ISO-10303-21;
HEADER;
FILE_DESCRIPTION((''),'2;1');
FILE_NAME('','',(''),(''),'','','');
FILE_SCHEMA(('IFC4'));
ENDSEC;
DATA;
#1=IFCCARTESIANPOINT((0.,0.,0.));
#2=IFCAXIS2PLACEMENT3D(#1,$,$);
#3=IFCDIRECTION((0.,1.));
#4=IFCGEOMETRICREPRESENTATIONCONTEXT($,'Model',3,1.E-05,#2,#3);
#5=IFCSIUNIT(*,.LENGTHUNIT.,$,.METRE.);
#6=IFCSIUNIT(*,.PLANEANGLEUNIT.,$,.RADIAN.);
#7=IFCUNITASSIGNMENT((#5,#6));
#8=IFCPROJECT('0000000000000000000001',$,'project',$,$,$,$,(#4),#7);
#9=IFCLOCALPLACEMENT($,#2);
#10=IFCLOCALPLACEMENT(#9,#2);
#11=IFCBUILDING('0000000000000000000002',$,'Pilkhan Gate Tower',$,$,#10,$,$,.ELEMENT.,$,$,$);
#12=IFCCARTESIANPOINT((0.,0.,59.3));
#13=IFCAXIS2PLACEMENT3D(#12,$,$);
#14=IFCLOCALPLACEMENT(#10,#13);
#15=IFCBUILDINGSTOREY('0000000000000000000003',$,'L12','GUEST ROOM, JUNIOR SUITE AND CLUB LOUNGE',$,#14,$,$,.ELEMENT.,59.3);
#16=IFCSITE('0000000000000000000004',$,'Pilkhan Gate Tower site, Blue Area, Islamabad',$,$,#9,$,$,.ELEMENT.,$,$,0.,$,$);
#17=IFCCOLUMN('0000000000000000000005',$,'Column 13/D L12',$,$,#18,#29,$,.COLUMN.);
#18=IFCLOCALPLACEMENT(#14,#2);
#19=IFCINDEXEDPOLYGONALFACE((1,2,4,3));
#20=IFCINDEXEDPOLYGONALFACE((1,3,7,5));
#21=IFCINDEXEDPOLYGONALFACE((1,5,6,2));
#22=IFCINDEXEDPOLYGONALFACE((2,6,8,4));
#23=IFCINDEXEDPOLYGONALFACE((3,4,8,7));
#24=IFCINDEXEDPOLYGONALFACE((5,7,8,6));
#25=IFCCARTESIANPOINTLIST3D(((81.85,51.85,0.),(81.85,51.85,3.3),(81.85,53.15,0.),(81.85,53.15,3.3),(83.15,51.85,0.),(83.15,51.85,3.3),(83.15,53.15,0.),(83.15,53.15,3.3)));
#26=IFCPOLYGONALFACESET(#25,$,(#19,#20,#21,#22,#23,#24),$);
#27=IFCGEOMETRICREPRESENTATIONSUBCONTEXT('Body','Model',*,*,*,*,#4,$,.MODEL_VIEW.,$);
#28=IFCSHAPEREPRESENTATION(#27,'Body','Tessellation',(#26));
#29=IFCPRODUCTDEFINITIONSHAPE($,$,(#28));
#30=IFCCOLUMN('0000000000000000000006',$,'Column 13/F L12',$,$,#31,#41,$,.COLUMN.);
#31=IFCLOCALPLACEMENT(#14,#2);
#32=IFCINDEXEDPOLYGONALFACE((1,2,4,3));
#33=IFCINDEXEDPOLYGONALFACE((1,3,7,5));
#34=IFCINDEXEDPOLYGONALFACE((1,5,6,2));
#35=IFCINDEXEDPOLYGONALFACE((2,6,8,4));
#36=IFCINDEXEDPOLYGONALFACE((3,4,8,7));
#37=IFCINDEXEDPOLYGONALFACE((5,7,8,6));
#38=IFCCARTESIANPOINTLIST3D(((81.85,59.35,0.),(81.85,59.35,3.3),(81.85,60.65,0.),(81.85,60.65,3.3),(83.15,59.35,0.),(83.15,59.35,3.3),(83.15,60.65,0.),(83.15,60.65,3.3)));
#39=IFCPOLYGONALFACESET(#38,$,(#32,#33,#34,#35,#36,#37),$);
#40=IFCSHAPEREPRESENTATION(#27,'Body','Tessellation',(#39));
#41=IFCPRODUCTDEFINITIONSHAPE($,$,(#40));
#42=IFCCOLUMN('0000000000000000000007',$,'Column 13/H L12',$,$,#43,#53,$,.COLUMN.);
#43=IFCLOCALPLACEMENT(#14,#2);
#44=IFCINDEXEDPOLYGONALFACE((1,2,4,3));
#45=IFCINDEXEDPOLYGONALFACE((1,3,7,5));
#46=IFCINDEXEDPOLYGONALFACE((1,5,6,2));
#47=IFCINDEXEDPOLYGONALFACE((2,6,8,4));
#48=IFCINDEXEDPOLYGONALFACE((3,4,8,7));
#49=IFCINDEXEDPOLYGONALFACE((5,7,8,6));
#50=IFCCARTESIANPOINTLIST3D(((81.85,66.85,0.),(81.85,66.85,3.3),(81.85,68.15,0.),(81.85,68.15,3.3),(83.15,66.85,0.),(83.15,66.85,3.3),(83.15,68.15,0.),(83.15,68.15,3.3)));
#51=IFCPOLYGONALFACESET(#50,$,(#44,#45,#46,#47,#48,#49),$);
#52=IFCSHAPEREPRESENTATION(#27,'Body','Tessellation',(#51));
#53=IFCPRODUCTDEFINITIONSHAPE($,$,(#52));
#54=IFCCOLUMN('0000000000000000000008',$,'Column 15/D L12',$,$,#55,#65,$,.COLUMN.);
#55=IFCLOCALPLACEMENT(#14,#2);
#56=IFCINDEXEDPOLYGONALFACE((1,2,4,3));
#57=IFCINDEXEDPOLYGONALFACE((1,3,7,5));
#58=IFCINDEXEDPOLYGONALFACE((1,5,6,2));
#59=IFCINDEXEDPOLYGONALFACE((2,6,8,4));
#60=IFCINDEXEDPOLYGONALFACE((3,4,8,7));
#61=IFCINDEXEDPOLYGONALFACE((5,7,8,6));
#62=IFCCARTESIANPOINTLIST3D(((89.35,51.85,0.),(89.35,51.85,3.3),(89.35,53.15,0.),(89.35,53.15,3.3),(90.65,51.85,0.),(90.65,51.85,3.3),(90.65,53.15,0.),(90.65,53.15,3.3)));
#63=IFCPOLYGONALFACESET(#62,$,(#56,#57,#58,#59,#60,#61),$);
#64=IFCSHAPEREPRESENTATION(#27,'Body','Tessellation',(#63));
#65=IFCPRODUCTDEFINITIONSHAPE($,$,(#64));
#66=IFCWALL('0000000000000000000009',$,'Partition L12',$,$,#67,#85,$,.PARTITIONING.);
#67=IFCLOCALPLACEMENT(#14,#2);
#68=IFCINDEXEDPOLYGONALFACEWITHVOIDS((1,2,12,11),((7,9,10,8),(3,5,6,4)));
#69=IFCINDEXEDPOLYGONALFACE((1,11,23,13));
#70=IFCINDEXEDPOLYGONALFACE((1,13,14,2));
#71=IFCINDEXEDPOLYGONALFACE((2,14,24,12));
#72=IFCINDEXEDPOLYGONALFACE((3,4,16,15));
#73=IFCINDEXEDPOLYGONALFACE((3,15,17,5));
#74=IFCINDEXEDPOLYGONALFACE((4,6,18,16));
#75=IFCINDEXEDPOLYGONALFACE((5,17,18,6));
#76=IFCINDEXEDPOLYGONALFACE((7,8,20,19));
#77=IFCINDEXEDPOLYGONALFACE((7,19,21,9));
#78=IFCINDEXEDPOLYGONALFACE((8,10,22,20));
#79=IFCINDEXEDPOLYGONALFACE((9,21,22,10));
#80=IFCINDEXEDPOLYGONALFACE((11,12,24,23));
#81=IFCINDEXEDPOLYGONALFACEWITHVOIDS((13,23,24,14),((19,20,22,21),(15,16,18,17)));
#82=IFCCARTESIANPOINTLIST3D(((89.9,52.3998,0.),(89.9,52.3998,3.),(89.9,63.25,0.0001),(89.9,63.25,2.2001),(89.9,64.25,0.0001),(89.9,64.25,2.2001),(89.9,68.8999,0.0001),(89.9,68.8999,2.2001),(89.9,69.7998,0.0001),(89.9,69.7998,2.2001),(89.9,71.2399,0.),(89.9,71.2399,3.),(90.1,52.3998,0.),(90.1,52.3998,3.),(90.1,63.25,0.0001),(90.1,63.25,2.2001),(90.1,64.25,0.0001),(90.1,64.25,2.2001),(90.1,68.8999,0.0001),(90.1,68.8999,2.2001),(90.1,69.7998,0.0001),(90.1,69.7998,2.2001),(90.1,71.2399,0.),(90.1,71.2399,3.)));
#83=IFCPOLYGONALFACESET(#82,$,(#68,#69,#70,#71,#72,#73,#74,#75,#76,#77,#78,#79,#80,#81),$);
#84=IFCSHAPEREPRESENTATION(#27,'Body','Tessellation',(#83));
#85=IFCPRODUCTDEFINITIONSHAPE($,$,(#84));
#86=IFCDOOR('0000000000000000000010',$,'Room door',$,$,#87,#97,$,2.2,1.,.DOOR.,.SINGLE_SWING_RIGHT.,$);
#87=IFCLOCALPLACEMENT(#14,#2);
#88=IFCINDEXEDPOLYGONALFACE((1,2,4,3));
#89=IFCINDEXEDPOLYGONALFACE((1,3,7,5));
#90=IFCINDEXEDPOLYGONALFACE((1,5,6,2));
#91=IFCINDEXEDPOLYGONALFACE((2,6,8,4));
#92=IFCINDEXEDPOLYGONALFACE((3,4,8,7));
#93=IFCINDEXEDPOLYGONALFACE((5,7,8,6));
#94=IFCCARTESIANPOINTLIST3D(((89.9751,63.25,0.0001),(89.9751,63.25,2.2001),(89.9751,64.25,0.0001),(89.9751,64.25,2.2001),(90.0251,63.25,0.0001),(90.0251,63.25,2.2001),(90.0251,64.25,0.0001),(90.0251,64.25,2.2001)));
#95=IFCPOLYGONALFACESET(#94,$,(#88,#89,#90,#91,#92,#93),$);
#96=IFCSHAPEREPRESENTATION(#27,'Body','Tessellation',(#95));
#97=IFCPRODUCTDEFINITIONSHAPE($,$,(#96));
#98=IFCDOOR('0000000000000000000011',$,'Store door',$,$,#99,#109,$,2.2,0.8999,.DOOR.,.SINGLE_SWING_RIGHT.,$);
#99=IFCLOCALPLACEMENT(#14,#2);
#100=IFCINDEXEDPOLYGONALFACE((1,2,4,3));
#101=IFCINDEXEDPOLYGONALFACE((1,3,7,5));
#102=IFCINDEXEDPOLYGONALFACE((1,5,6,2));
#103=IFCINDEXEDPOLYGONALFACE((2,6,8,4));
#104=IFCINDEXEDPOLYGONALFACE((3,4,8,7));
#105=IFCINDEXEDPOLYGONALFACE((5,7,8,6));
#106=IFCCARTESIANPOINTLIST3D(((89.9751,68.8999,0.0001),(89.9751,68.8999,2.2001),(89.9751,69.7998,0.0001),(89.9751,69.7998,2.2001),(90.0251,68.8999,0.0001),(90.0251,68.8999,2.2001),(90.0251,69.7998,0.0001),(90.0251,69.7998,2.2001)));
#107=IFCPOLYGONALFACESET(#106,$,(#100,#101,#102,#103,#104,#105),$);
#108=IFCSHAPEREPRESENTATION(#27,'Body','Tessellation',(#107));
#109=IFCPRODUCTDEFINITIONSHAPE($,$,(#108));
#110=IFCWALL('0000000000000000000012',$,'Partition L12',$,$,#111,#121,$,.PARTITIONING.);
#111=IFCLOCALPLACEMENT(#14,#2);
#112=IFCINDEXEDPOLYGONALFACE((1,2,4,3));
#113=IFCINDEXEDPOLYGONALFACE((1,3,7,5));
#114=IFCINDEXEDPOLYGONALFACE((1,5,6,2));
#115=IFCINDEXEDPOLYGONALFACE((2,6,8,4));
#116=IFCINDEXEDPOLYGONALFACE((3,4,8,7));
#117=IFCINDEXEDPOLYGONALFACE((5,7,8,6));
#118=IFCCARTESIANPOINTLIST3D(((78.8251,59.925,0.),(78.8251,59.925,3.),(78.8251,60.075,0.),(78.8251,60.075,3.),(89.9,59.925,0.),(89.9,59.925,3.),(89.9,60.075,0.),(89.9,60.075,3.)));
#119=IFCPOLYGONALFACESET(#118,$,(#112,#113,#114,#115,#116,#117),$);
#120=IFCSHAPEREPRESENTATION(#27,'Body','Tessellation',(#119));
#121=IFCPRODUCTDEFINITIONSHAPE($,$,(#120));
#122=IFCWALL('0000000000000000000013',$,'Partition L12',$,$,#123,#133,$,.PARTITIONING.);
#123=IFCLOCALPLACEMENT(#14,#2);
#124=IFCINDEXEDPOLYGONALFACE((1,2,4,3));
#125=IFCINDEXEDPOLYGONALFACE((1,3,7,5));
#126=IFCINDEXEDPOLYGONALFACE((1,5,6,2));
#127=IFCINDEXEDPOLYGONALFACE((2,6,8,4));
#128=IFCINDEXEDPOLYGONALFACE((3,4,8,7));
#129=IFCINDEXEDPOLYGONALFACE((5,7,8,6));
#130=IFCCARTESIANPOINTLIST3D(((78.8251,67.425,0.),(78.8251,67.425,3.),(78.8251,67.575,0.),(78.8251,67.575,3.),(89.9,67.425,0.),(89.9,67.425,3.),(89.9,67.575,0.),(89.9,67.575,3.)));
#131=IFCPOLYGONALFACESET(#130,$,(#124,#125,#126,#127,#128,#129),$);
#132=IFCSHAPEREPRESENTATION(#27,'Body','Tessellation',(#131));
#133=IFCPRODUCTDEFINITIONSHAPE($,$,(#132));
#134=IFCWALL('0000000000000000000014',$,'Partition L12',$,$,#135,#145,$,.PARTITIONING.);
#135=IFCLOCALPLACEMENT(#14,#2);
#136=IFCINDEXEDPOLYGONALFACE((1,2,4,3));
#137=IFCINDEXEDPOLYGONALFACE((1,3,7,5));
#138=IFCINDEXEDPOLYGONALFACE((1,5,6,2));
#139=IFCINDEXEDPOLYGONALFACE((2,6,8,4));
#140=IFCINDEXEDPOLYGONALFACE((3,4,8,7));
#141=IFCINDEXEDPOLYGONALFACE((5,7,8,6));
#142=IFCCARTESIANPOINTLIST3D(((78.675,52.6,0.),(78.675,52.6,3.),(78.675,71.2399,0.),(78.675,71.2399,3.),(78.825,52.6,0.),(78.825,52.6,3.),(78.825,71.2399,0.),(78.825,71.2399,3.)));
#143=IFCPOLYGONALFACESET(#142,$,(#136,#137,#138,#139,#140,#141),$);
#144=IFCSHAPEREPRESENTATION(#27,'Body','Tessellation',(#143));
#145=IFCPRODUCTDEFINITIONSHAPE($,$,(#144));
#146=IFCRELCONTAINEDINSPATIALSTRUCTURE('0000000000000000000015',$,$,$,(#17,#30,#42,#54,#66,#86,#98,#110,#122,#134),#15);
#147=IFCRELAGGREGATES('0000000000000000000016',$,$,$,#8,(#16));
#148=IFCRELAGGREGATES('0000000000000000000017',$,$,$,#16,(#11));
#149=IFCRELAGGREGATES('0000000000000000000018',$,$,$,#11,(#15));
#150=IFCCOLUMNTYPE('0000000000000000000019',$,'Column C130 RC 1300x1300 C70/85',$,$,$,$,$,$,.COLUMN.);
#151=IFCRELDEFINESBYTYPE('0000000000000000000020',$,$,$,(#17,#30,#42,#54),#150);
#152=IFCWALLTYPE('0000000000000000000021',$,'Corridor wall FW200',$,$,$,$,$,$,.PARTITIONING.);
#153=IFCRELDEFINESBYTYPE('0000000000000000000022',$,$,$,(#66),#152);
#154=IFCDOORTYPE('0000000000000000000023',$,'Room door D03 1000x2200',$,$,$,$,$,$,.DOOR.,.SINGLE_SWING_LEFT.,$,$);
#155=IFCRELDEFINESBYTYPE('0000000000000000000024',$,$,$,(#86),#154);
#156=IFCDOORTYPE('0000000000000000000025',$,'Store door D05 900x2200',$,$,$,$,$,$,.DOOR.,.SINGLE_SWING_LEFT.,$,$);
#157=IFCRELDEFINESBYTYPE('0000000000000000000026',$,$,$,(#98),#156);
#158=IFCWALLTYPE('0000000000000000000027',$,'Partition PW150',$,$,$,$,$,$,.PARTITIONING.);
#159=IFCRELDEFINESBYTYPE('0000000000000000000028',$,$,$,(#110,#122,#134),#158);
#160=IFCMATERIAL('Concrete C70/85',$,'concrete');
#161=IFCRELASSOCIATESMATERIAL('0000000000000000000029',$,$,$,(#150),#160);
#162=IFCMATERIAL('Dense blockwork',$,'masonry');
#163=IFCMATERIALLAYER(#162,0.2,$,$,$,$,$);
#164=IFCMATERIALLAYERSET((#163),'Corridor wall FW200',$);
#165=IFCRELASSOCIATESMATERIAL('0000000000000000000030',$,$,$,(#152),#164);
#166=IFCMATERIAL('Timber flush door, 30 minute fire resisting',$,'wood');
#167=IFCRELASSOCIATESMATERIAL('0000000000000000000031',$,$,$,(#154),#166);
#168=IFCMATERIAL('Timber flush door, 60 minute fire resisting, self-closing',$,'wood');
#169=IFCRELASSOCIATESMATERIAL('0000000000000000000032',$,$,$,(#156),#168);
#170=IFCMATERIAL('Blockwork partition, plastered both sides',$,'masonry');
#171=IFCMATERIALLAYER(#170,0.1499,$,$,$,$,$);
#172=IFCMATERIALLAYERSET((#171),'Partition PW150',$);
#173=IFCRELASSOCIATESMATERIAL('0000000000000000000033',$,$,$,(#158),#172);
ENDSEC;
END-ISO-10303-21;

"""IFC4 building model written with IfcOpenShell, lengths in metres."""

from ifc_helpers import new_model, si_unit, direction, frame, frame_2d, origin, origin_2d, place, context, subcontext, project, spatial, rectangle, extrude, material, layer, layer_set, material_profile, profile_set, type_object, element, fill, save


model = new_model("IFC4")

# Units and contexts
model_context = context("Model", 3, precision=1e-05, world=origin(), true_north=direction((0.0, 1.0)))
body_context = subcontext(model_context, "Body", "Model", "MODEL_VIEW")
ifc_project = project(units=[si_unit("LENGTHUNIT", "METRE"), si_unit("PLANEANGLEUNIT", "RADIAN")], contexts=[model_context])

# Site, building, storey
site_placement = place(None, origin())
site = spatial("IfcSite", under=ifc_project, at=site_placement, Name="Pilkhan Gate Tower site, Blue Area, Islamabad", CompositionType="ELEMENT", RefElevation=0.0)
building_placement = place(site_placement, origin())
building = spatial("IfcBuilding", under=site, at=building_placement, Name="Pilkhan Gate Tower", CompositionType="ELEMENT")
storey_placement = place(building_placement, frame((0.0, 0.0, 59.3)))
storey = spatial("IfcBuildingStorey", under=building, at=storey_placement, Name="L12", Description="GUEST ROOM, JUNIOR SUITE AND CLUB LOUNGE", CompositionType="ELEMENT", Elevation=59.3)

# Columns
ifc_material_1 = material(Name="Concrete C70/85", Category="concrete")
ifc_material_profile = material_profile(ifc_material_1, rectangle(XDim=1.3, YDim=1.3, at=origin_2d()), Name="RC 1300x1300")
ifc_profile_set = profile_set([ifc_material_profile], Name="Concrete C70/85")
column_type = type_object("IfcColumnType", Name="Column C130 RC 1300x1300 C70/85", PredefinedType="COLUMN", material=ifc_profile_set)
for number, where, z_axis, x_axis, name in (
    (1, (82.5, 52.5, 0.0), (0.0, 0.0, 1.0), (1.0, 0.0, 0.0), "Column 13/D L12"),
    (2, (82.5, 60.0, 0.0), (0.0, 0.0, 1.0), (1.0, 0.0, 0.0), "Column 13/F L12"),
    (3, (82.5, 67.5, 0.0), (0.0, 0.0, 1.0), (1.0, 0.0, 0.0), "Column 13/H L12"),
    (4, (90.0, 52.5, 0.0), (0.0, 0.0, 1.0), (1.0, 0.0, 0.0), "Column 15/D L12"),
):
    element("IfcColumn", number, at=place(storey_placement, frame(where, z_axis=z_axis, x_axis=x_axis)), inside=storey, type_object=column_type, Name=name, PredefinedType="COLUMN", context=body_context, shape_type="SweptSolid", body=[
        extrude(rectangle(XDim=1.3, YDim=1.3, at=origin_2d()), origin(), (0.0, 0.0, 1.0), 3.3),
    ])

# Wall, openings, doors
ifc_material_2 = material(Name="Dense blockwork", Category="masonry")
ifc_layer_1 = layer(ifc_material_2, 0.2)
ifc_layer_set_1 = layer_set([ifc_layer_1], Name="Corridor wall FW200")
wall_type_1 = type_object("IfcWallType", Name="Corridor wall FW200", PredefinedType="PARTITIONING", material=ifc_layer_set_1)
wall_1_placement = place(storey_placement, frame((90.0, 52.3999, 0.0), z_axis=(0.0, 0.0, 1.0), x_axis=(0.0, 1.0, 0.0)))
wall_1 = element("IfcWall", 5, at=wall_1_placement, inside=storey, type_object=wall_type_1, Name="Partition L12", PredefinedType="PARTITIONING", context=body_context, shape_type="SweptSolid", body=[
    extrude(rectangle(XDim=18.8401, YDim=0.2, at=frame_2d((9.4199, 0.0))), origin(), (0.0, 0.0, 1.0), 3.0),
])
opening_1_placement = place(wall_1_placement, frame((10.8501, 0.0, 0.0)))
opening_1 = element("IfcOpeningElement", 6, at=opening_1_placement, cuts=wall_1, PredefinedType="OPENING", context=body_context, shape_type="SweptSolid", body=[
    extrude(rectangle(XDim=1.0, YDim=2.2, at=frame_2d((0.5, 1.1001))), frame((0.0, 0.1099, 0.0), z_axis=(0.0, -1.0, 0.0), x_axis=(1.0, 0.0, 0.0)), (0.0, 0.0, 1.0), 0.22),
])
opening_2_placement = place(wall_1_placement, frame((16.5, 0.0, 0.0)))
opening_2 = element("IfcOpeningElement", 7, at=opening_2_placement, cuts=wall_1, PredefinedType="OPENING", context=body_context, shape_type="SweptSolid", body=[
    extrude(rectangle(XDim=0.8999, YDim=2.2, at=frame_2d((0.45, 1.1001))), frame((0.0, 0.1099, 0.0), z_axis=(0.0, -1.0, 0.0), x_axis=(1.0, 0.0, 0.0)), (0.0, 0.0, 1.0), 0.22),
])
ifc_material_3 = material(Name="Timber flush door, 30 minute fire resisting", Category="wood")
door_type_1 = type_object("IfcDoorType", Name="Room door D03 1000x2200", OperationType="SINGLE_SWING_LEFT", PredefinedType="DOOR", material=ifc_material_3)
door_1_placement = place(opening_1_placement, origin())
door_1 = element("IfcDoor", 8, at=door_1_placement, inside=storey, type_object=door_type_1, Name="Room door", OperationType="SINGLE_SWING_RIGHT", OverallHeight=2.2, OverallWidth=1.0, PredefinedType="DOOR", context=body_context, shape_type="SweptSolid", body=[
    extrude(rectangle(XDim=1.0, YDim=2.2, at=frame_2d((0.5, 1.1001))), frame((0.0, 0.0249, 0.0), z_axis=(0.0, -1.0, 0.0), x_axis=(1.0, 0.0, 0.0)), (0.0, 0.0, 1.0), 0.05),
])
fill(opening_1, door_1)
ifc_material_4 = material(Name="Timber flush door, 60 minute fire resisting, self-closing", Category="wood")
door_type_2 = type_object("IfcDoorType", Name="Store door D05 900x2200", OperationType="SINGLE_SWING_LEFT", PredefinedType="DOOR", material=ifc_material_4)
door_2_placement = place(opening_2_placement, origin())
door_2 = element("IfcDoor", 9, at=door_2_placement, inside=storey, type_object=door_type_2, Name="Store door", OperationType="SINGLE_SWING_RIGHT", OverallHeight=2.2, OverallWidth=0.8999, PredefinedType="DOOR", context=body_context, shape_type="SweptSolid", body=[
    extrude(rectangle(XDim=0.8999, YDim=2.2, at=frame_2d((0.45, 1.1001))), frame((0.0, 0.0249, 0.0), z_axis=(0.0, -1.0, 0.0), x_axis=(1.0, 0.0, 0.0)), (0.0, 0.0, 1.0), 0.05),
])
fill(opening_2, door_2)

# Walls
ifc_material_5 = material(Name="Blockwork partition, plastered both sides", Category="masonry")
ifc_layer_2 = layer(ifc_material_5, 0.1499)
ifc_layer_set_2 = layer_set([ifc_layer_2], Name="Partition PW150")
wall_type_2 = type_object("IfcWallType", Name="Partition PW150", PredefinedType="PARTITIONING", material=ifc_layer_set_2)
for number, where, z_axis, x_axis, name in (
    (10, (78.825, 60.0, 0.0), (0.0, 0.0, 1.0), (1.0, 0.0, 0.0), "Partition L12"),
    (11, (78.825, 67.5, 0.0), (0.0, 0.0, 1.0), (1.0, 0.0, 0.0), "Partition L12"),
):
    element("IfcWall", number, at=place(storey_placement, frame(where, z_axis=z_axis, x_axis=x_axis)), inside=storey, type_object=wall_type_2, Name=name, PredefinedType="PARTITIONING", context=body_context, shape_type="SweptSolid", body=[
        extrude(rectangle(XDim=11.075, YDim=0.1499, at=frame_2d((5.5376, 0.0))), origin(), (0.0, 0.0, 1.0), 3.0),
    ])
wall_2_placement = place(storey_placement, frame((78.75, 52.6001, 0.0), z_axis=(0.0, 0.0, 1.0), x_axis=(0.0, 1.0, 0.0)))
element("IfcWall", 12, at=wall_2_placement, inside=storey, type_object=wall_type_2, Name="Partition L12", PredefinedType="PARTITIONING", context=body_context, shape_type="SweptSolid", body=[
    extrude(rectangle(XDim=18.6399, YDim=0.1499, at=frame_2d((9.3198, 0.0))), origin(), (0.0, 0.0, 1.0), 3.0),
])

save(model, "model.ifc")
